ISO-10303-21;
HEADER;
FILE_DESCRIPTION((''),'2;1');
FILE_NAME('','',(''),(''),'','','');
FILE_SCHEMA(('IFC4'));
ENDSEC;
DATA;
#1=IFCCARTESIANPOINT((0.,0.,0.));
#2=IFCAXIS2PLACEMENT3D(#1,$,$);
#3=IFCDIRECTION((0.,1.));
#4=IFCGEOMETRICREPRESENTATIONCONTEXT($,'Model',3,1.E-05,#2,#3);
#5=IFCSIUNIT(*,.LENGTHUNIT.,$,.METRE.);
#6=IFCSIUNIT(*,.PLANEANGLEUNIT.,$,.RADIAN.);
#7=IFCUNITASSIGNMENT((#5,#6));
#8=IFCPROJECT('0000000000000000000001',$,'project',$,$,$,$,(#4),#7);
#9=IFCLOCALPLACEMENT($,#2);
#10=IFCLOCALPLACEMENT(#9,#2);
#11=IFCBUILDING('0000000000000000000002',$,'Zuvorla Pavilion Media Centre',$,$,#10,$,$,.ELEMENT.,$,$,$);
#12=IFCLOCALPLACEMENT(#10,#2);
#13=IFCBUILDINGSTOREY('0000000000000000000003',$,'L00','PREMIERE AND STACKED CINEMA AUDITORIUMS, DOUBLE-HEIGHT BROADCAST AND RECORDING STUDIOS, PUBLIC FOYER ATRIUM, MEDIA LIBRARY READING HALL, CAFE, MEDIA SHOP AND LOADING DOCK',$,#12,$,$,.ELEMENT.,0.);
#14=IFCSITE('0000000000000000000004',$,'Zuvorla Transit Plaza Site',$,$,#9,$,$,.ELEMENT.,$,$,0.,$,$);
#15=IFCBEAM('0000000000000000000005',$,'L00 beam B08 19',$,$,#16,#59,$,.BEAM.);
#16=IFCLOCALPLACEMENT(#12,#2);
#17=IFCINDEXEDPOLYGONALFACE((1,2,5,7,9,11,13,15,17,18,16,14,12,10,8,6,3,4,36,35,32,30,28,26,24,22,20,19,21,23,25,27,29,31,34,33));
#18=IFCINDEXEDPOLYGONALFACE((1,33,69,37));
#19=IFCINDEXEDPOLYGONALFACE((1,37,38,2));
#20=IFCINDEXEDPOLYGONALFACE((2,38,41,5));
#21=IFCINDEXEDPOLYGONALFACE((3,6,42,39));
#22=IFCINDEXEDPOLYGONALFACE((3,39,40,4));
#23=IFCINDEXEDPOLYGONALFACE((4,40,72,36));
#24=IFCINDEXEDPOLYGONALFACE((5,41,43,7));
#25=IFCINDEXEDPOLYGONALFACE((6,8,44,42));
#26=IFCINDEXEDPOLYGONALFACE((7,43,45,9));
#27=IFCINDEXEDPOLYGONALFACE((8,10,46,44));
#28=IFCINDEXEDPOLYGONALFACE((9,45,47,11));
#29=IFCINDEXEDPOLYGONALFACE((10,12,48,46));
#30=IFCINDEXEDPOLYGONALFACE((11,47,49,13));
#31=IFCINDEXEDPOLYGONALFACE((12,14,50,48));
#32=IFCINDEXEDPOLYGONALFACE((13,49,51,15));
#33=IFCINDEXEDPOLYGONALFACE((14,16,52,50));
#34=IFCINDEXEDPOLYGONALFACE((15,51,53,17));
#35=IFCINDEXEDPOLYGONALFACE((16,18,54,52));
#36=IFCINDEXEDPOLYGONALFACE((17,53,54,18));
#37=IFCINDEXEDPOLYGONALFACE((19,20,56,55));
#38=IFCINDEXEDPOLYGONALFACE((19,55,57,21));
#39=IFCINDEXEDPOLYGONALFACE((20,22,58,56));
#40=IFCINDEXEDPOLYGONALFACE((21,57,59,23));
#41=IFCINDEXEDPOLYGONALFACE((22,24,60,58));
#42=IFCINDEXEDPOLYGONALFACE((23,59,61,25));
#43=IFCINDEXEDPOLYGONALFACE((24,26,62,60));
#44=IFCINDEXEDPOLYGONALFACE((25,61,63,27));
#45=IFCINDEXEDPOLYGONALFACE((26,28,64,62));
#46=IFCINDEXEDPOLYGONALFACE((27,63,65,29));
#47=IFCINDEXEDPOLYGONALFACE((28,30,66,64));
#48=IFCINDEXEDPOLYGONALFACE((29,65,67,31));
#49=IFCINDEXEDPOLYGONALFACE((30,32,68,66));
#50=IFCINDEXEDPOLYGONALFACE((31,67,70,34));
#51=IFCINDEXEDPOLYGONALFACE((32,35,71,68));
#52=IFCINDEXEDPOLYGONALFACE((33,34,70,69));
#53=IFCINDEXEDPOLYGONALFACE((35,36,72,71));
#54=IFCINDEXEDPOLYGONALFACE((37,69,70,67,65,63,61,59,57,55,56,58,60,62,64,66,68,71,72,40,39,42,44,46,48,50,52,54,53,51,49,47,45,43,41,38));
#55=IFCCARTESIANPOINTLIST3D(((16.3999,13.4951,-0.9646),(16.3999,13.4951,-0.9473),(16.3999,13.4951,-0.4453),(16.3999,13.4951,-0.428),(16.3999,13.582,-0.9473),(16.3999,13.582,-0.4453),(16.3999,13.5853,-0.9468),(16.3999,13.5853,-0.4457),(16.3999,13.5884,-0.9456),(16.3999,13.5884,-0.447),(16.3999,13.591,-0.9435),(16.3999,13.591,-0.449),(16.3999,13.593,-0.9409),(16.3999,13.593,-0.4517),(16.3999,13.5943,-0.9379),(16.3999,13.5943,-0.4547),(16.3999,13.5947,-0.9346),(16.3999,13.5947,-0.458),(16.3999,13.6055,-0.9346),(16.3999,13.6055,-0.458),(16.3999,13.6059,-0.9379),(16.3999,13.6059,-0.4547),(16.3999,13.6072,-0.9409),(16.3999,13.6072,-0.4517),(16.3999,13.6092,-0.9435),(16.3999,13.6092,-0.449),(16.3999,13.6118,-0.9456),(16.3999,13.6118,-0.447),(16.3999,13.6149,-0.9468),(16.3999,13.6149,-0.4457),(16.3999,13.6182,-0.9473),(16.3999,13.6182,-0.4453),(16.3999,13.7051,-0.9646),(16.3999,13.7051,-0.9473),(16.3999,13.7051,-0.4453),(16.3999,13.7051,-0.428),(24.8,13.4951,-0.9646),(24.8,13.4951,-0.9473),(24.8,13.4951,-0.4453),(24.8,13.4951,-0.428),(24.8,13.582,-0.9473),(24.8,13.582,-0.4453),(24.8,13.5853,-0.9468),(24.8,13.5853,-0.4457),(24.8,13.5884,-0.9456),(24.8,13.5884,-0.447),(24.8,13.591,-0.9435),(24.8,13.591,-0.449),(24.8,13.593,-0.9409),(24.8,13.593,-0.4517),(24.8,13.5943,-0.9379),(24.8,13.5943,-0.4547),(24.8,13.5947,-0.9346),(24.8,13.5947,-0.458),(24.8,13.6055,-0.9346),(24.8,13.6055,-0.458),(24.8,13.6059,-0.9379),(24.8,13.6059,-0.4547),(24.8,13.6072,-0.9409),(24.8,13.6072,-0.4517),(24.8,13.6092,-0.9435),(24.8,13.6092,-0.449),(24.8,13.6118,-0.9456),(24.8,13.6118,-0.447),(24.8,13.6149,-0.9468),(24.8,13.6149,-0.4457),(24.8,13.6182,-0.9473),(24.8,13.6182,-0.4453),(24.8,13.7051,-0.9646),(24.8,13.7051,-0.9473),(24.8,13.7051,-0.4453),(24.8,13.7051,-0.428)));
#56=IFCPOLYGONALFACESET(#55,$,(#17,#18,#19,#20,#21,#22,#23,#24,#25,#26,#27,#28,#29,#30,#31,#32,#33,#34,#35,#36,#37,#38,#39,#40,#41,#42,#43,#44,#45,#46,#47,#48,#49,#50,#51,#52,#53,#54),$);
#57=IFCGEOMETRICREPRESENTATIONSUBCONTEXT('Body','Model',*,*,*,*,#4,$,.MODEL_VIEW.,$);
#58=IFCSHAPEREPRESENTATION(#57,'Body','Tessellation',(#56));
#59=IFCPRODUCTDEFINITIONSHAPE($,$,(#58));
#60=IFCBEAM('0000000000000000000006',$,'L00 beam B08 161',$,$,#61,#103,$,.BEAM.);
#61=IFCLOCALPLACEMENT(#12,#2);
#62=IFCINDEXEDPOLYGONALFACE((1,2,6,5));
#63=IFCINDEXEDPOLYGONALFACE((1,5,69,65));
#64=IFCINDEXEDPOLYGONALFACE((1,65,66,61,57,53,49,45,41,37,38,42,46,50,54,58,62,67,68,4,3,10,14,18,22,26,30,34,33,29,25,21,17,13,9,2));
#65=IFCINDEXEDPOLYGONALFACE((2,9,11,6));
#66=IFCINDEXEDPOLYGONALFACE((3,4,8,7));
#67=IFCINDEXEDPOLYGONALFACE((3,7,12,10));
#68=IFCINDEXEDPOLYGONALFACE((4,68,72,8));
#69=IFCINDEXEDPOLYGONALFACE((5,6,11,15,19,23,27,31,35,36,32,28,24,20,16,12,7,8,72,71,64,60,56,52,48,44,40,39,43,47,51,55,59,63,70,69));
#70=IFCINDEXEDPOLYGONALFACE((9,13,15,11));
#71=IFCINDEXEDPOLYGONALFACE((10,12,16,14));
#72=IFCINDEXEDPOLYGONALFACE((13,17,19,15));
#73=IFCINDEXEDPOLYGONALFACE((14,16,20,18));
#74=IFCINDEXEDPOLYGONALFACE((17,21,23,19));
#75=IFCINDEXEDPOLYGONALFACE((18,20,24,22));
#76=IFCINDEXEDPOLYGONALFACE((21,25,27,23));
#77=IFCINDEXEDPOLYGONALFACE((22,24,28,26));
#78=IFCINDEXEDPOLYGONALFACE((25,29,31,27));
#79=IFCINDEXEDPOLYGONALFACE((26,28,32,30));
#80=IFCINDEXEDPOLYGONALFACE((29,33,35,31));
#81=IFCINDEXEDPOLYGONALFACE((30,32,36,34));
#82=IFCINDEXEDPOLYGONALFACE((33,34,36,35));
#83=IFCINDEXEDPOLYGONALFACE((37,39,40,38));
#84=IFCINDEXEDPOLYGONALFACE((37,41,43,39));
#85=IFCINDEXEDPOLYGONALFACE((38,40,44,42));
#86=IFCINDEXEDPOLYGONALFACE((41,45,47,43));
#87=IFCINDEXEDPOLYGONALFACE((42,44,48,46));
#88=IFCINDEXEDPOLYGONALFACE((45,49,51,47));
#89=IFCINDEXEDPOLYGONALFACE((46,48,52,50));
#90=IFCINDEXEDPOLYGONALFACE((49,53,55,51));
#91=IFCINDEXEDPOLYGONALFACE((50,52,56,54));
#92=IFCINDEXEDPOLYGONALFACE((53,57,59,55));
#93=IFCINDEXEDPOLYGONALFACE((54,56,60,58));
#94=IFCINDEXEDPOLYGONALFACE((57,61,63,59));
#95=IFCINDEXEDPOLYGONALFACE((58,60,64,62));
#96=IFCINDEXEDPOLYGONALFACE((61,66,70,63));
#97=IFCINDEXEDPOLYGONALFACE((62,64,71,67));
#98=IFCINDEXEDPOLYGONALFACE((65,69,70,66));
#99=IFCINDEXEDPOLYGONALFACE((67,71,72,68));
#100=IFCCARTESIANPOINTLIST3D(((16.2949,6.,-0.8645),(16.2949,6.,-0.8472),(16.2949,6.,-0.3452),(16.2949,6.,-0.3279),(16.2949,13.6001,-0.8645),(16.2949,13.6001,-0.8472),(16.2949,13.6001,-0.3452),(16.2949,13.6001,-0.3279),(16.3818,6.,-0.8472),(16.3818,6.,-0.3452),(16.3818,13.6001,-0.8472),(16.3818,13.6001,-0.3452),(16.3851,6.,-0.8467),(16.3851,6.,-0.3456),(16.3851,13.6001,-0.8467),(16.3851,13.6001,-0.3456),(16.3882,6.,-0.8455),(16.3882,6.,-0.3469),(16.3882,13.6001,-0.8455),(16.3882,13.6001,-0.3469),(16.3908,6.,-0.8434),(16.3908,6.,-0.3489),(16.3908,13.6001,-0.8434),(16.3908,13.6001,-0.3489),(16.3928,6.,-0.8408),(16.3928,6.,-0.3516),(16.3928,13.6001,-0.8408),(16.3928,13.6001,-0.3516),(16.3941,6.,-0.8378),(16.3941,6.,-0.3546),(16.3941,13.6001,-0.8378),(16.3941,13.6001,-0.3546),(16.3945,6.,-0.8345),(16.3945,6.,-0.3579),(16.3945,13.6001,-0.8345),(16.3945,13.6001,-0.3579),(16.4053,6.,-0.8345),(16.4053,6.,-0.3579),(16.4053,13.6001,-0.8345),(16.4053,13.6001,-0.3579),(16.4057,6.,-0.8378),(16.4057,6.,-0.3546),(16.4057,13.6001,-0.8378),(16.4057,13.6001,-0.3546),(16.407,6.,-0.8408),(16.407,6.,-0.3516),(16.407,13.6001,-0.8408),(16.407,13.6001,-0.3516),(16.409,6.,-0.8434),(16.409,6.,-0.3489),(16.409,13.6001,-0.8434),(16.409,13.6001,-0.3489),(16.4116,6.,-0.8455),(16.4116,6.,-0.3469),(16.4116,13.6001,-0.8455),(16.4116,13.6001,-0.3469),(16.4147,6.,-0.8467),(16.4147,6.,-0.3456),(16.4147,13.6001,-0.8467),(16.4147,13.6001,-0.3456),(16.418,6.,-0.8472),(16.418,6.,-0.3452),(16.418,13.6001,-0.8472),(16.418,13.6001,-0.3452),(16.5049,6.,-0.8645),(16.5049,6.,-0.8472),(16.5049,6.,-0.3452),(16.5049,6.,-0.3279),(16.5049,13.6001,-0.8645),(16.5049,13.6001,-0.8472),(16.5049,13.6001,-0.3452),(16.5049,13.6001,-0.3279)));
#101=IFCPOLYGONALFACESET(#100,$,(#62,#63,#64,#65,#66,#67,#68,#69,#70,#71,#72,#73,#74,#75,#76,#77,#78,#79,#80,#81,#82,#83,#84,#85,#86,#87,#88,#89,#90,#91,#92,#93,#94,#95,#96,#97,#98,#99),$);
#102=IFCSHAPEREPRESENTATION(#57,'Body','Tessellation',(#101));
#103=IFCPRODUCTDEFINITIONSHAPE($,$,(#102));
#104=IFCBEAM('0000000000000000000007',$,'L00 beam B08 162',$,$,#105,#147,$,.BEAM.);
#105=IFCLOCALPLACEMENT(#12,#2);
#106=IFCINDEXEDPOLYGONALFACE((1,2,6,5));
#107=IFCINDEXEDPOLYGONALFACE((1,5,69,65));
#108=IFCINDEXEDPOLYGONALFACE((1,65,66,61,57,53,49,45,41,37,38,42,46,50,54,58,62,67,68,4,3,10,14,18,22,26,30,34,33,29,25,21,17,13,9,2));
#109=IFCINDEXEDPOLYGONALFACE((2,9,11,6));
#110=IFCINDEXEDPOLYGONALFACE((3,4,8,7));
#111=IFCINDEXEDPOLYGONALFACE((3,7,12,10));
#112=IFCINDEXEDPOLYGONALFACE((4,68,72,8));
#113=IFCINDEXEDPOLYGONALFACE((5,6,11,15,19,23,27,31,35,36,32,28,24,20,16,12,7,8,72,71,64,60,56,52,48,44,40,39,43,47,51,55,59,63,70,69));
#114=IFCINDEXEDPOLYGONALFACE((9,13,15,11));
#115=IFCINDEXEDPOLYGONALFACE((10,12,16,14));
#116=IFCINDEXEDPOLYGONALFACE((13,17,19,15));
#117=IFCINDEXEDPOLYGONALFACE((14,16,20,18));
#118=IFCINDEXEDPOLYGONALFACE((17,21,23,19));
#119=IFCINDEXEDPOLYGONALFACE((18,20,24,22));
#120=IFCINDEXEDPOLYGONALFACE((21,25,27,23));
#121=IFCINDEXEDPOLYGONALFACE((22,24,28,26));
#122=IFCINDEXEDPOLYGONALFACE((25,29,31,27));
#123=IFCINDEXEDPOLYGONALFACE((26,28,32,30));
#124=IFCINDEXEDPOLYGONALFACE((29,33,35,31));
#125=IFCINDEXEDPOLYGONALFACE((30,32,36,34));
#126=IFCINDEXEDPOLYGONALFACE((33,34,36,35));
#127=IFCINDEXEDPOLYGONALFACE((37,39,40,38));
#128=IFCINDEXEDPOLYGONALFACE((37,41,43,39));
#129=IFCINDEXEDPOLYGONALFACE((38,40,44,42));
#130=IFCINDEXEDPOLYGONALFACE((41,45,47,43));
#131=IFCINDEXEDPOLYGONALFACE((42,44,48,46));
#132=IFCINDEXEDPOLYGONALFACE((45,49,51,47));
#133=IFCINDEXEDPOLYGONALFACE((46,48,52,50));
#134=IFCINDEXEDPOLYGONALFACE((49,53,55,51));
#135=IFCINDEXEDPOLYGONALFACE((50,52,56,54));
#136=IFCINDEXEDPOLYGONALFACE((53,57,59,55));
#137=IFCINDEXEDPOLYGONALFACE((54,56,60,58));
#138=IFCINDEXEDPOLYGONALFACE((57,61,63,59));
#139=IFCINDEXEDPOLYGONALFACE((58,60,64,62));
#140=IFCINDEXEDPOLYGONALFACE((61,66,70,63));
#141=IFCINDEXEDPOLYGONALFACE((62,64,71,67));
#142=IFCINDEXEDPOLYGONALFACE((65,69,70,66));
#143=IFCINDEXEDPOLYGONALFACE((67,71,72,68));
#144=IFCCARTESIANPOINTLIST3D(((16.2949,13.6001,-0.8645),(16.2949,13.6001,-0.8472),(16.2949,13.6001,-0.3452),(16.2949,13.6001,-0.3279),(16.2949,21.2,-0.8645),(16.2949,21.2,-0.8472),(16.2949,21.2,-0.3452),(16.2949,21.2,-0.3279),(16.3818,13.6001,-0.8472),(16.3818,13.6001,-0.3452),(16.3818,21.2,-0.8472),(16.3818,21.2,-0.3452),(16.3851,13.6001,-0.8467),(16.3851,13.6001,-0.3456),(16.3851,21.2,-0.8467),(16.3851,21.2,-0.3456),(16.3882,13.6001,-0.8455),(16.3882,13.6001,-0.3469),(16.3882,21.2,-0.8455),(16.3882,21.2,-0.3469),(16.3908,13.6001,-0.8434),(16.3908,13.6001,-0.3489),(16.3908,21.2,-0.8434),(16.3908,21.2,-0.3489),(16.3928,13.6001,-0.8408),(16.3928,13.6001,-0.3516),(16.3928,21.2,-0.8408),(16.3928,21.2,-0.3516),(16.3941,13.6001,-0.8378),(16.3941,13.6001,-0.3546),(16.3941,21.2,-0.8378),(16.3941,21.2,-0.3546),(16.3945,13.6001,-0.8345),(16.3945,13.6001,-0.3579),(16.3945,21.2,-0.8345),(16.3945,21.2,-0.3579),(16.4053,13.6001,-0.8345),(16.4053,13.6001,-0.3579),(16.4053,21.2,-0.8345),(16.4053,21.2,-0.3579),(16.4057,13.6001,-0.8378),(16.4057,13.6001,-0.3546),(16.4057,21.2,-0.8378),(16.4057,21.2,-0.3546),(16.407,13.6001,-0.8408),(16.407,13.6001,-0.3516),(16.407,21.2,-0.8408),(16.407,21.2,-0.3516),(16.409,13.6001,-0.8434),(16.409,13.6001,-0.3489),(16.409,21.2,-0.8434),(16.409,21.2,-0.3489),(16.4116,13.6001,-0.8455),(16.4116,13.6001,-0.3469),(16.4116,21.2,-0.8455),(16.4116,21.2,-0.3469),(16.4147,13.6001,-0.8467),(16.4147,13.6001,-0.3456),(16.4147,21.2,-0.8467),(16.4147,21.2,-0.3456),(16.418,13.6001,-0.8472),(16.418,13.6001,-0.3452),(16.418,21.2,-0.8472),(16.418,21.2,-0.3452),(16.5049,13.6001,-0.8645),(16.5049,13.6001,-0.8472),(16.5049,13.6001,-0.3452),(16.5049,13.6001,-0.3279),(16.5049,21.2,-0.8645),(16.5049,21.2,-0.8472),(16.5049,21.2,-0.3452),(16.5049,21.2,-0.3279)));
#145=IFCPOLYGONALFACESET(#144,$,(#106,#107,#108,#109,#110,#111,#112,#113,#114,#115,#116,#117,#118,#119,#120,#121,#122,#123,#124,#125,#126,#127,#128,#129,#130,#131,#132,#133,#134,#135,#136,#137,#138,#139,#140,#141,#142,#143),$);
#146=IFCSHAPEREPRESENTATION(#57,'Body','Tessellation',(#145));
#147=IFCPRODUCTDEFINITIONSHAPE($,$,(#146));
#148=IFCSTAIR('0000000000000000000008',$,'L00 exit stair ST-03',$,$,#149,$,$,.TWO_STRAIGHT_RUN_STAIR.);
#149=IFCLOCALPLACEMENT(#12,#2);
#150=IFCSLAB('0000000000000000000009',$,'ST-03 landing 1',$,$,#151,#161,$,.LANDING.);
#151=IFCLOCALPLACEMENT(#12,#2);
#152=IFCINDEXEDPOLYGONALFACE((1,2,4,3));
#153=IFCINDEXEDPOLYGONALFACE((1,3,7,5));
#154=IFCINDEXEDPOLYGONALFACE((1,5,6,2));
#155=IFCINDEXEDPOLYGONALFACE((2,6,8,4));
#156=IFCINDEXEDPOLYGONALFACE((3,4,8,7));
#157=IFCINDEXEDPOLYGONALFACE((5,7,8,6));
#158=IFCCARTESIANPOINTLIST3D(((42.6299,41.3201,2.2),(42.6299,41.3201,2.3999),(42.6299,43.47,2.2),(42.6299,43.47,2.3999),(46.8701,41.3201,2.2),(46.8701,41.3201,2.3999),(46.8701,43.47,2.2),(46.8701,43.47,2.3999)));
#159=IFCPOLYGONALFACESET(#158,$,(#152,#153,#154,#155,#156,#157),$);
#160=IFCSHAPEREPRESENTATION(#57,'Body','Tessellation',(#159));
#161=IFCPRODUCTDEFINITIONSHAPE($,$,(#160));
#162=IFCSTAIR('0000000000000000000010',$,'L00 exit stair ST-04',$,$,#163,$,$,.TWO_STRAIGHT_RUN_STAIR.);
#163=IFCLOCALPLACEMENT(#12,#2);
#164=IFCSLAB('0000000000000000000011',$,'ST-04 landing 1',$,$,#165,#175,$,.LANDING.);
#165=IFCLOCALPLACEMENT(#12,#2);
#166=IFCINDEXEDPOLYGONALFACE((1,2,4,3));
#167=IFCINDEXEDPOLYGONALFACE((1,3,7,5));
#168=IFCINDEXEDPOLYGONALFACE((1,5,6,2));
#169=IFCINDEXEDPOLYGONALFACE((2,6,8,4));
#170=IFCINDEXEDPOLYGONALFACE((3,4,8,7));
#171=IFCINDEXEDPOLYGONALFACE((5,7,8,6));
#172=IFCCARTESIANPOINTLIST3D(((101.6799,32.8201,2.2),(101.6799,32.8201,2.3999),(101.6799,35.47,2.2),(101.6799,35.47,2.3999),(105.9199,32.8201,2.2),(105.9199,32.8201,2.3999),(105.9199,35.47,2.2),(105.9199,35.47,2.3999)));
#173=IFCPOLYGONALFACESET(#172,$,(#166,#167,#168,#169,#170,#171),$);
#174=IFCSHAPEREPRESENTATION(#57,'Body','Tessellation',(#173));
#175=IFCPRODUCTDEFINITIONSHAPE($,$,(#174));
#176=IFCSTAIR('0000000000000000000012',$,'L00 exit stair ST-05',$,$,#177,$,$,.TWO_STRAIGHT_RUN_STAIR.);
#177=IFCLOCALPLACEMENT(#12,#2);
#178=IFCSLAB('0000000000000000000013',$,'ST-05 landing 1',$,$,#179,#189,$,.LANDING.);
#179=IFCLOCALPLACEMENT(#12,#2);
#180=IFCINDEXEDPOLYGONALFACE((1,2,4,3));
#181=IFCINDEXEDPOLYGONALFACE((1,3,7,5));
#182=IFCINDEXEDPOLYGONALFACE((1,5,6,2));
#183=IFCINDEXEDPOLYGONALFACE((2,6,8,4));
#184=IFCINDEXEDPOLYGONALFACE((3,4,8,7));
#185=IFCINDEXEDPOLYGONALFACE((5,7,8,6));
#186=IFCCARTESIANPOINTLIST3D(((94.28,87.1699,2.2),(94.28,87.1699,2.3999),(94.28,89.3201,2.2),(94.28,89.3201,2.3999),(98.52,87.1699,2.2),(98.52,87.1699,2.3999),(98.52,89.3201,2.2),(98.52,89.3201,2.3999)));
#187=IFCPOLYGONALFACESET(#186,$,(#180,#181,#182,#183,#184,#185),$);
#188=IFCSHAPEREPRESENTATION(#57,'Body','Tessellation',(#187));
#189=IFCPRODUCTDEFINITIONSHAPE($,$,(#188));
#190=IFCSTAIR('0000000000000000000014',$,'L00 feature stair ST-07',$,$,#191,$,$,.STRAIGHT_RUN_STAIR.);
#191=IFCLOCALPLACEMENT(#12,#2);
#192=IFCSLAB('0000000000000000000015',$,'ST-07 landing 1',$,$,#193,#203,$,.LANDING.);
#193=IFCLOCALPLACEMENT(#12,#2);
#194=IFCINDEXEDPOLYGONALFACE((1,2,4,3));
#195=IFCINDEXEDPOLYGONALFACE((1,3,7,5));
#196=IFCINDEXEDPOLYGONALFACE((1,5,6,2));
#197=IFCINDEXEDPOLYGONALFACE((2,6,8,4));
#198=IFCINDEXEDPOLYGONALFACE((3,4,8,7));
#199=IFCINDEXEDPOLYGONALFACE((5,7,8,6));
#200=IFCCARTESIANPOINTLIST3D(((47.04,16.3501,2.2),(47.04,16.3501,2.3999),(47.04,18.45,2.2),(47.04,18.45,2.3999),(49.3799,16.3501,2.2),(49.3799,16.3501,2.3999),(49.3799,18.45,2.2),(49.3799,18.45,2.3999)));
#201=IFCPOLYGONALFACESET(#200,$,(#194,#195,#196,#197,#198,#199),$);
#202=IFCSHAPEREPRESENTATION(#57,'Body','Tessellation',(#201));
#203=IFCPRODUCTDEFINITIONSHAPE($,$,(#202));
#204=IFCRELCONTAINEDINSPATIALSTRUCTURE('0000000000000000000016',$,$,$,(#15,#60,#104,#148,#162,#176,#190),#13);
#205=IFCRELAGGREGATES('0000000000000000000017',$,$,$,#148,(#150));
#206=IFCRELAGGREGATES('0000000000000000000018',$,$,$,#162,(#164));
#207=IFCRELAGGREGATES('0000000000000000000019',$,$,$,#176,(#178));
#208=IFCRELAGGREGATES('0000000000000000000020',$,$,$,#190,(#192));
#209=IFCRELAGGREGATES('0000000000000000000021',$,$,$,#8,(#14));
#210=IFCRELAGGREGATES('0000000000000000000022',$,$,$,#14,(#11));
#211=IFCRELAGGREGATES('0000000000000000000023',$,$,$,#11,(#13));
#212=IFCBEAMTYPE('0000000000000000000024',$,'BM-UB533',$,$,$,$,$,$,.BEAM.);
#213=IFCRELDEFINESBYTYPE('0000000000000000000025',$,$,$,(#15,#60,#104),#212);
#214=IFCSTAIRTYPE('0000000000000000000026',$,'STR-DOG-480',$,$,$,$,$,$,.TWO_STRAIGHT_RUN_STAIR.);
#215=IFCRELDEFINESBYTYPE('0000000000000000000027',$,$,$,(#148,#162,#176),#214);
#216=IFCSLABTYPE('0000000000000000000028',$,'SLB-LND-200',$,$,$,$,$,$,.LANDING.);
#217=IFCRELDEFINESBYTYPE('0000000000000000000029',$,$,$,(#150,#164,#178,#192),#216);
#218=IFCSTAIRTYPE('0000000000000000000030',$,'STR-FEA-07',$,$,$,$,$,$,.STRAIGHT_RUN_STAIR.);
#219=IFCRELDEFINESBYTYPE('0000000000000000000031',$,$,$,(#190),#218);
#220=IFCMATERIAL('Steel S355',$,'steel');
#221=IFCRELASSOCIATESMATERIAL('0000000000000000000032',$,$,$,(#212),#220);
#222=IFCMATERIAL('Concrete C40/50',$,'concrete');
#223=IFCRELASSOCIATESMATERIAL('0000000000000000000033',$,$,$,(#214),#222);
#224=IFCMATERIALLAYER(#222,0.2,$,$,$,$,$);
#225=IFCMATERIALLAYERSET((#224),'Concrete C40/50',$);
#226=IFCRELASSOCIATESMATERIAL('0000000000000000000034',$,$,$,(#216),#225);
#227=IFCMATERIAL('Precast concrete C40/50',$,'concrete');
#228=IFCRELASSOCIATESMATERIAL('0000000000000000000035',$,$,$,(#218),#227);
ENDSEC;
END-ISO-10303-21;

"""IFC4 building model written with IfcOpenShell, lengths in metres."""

from ifc_helpers import new_model, si_unit, direction, frame, origin, origin_2d, place, context, subcontext, project, spatial, polyline, i_section, outline, extrude, material, layer, layer_set, material_profile, profile_set, type_object, element, aggregate, save


model = new_model("IFC4")

# Units and contexts
model_context = context("Model", 3, precision=1e-05, world=origin(), true_north=direction((0.0, 1.0)))
body_context = subcontext(model_context, "Body", "Model", "MODEL_VIEW")
ifc_project = project(units=[si_unit("LENGTHUNIT", "METRE"), si_unit("PLANEANGLEUNIT", "RADIAN")], contexts=[model_context])

# Site, building, storey
site_placement = place(None, origin())
site = spatial("IfcSite", under=ifc_project, at=site_placement, Name="Zuvorla Transit Plaza Site", CompositionType="ELEMENT", RefElevation=0.0)
building_placement = place(site_placement, origin())
building = spatial("IfcBuilding", under=site, at=building_placement, Name="Zuvorla Pavilion Media Centre", CompositionType="ELEMENT")
storey_placement = place(building_placement, origin())
storey = spatial("IfcBuildingStorey", under=building, at=storey_placement, Name="L00", Description="PREMIERE AND STACKED CINEMA AUDITORIUMS, DOUBLE-HEIGHT BROADCAST AND RECORDING STUDIOS, PUBLIC FOYER ATRIUM, MEDIA LIBRARY READING HALL, CAFE, MEDIA SHOP AND LOADING DOCK", CompositionType="ELEMENT", Elevation=0.0)

# Shared definitions
ifc_material_1 = material(Name="Concrete C40/50", Category="concrete")

# Beams
ifc_material_2 = material(Name="Steel S355", Category="steel")
ifc_material_profile_1 = material_profile(ifc_material_2, i_section(OverallWidth=0.21, OverallDepth=0.5366, WebThickness=0.0107, FlangeThickness=0.0173, FilletRadius=0.0127, at=origin_2d()), Name="UB 533x210x101")
ifc_profile_set_1 = profile_set([ifc_material_profile_1], Name="Steel S355")
beam_type_1 = type_object("IfcBeamType", Name="BM-UB533", PredefinedType="BEAM", material=ifc_profile_set_1)
beam_1_placement = place(storey_placement, frame((16.3999, 13.6001, -0.6963), z_axis=(1.0, 0.0, 0.0), x_axis=(0.0, 1.0, 0.0)))
element("IfcBeam", 1, at=beam_1_placement, inside=storey, type_object=beam_type_1, Name="L00 beam B08 19", PredefinedType="BEAM", context=body_context, shape_type="SweptSolid", body=[
    extrude(i_section(OverallWidth=0.21, OverallDepth=0.5366, WebThickness=0.0107, FlangeThickness=0.0173, FilletRadius=0.0127, at=origin_2d()), origin(), (0.0, 0.0, 1.0), 8.4001),
])
beam_2_placement = place(storey_placement, frame((16.3999, 6.0, -0.5962), z_axis=(0.0, 1.0, 0.0), x_axis=(-1.0, 0.0, 0.0)))
element("IfcBeam", 2, at=beam_2_placement, inside=storey, type_object=beam_type_1, Name="L00 beam B08 161", PredefinedType="BEAM", context=body_context, shape_type="SweptSolid", body=[
    extrude(i_section(OverallWidth=0.21, OverallDepth=0.5366, WebThickness=0.0107, FlangeThickness=0.0173, FilletRadius=0.0127, at=origin_2d()), origin(), (0.0, 0.0, 1.0), 7.6001),
])
beam_3_placement = place(storey_placement, frame((16.3999, 13.6001, -0.5962), z_axis=(0.0, 1.0, 0.0), x_axis=(-1.0, 0.0, 0.0)))
element("IfcBeam", 3, at=beam_3_placement, inside=storey, type_object=beam_type_1, Name="L00 beam B08 162", PredefinedType="BEAM", context=body_context, shape_type="SweptSolid", body=[
    extrude(i_section(OverallWidth=0.21, OverallDepth=0.5366, WebThickness=0.0107, FlangeThickness=0.0173, FilletRadius=0.0127, at=origin_2d()), origin(), (0.0, 0.0, 1.0), 7.5999),
])

# Stairs, slabs
stair_type_1 = type_object("IfcStairType", Name="STR-DOG-480", PredefinedType="TWO_STRAIGHT_RUN_STAIR", material=ifc_material_1)
stair_1_placement = place(storey_placement, origin())
stair_1 = element("IfcStair", 4, at=stair_1_placement, inside=storey, type_object=stair_type_1, Name="L00 exit stair ST-03", PredefinedType="TWO_STRAIGHT_RUN_STAIR")
ifc_layer_1 = layer(ifc_material_1, 0.2)
ifc_layer_set_1 = layer_set([ifc_layer_1], Name="Concrete C40/50")
slab_type = type_object("IfcSlabType", Name="SLB-LND-200", PredefinedType="LANDING", material=ifc_layer_set_1)
slab_1_placement = place(storey_placement, frame((0.0, 0.0, 2.2)))
slab_1 = element("IfcSlab", 5, at=slab_1_placement, type_object=slab_type, Name="ST-03 landing 1", PredefinedType="LANDING", context=body_context, shape_type="SweptSolid", body=[
    extrude(outline(polyline([(42.6299, 41.3201), (46.8701, 41.3201), (46.8701, 43.47), (42.6299, 43.47), (42.6299, 41.3201)])), origin(), (0.0, 0.0, 1.0), 0.2),
])
aggregate(stair_1, [slab_1])
stair_2_placement = place(storey_placement, origin())
stair_2 = element("IfcStair", 6, at=stair_2_placement, inside=storey, type_object=stair_type_1, Name="L00 exit stair ST-04", PredefinedType="TWO_STRAIGHT_RUN_STAIR")
slab_2_placement = place(storey_placement, frame((0.0, 0.0, 2.2)))
slab_2 = element("IfcSlab", 7, at=slab_2_placement, type_object=slab_type, Name="ST-04 landing 1", PredefinedType="LANDING", context=body_context, shape_type="SweptSolid", body=[
    extrude(outline(polyline([(101.6799, 32.8201), (105.9199, 32.8201), (105.9199, 35.47), (101.6799, 35.47), (101.6799, 32.8201)])), origin(), (0.0, 0.0, 1.0), 0.2),
])
aggregate(stair_2, [slab_2])
stair_3_placement = place(storey_placement, origin())
stair_3 = element("IfcStair", 8, at=stair_3_placement, inside=storey, type_object=stair_type_1, Name="L00 exit stair ST-05", PredefinedType="TWO_STRAIGHT_RUN_STAIR")
slab_3_placement = place(storey_placement, frame((0.0, 0.0, 2.2)))
slab_3 = element("IfcSlab", 9, at=slab_3_placement, type_object=slab_type, Name="ST-05 landing 1", PredefinedType="LANDING", context=body_context, shape_type="SweptSolid", body=[
    extrude(outline(polyline([(94.28, 87.1699), (98.52, 87.1699), (98.52, 89.3201), (94.28, 89.3201), (94.28, 87.1699)])), origin(), (0.0, 0.0, 1.0), 0.2),
])
aggregate(stair_3, [slab_3])
ifc_material_3 = material(Name="Precast concrete C40/50", Category="concrete")
stair_type_2 = type_object("IfcStairType", Name="STR-FEA-07", PredefinedType="STRAIGHT_RUN_STAIR", material=ifc_material_3)
stair_4_placement = place(storey_placement, origin())
stair_4 = element("IfcStair", 10, at=stair_4_placement, inside=storey, type_object=stair_type_2, Name="L00 feature stair ST-07", PredefinedType="STRAIGHT_RUN_STAIR")
slab_4_placement = place(storey_placement, frame((0.0, 0.0, 2.2)))
slab_4 = element("IfcSlab", 11, at=slab_4_placement, type_object=slab_type, Name="ST-07 landing 1", PredefinedType="LANDING", context=body_context, shape_type="SweptSolid", body=[
    extrude(outline(polyline([(47.04, 16.3501), (49.3799, 16.3501), (49.3799, 18.45), (47.04, 18.45), (47.04, 16.3501)])), origin(), (0.0, 0.0, 1.0), 0.2),
])
aggregate(stair_4, [slab_4])

save(model, "model.ifc")
